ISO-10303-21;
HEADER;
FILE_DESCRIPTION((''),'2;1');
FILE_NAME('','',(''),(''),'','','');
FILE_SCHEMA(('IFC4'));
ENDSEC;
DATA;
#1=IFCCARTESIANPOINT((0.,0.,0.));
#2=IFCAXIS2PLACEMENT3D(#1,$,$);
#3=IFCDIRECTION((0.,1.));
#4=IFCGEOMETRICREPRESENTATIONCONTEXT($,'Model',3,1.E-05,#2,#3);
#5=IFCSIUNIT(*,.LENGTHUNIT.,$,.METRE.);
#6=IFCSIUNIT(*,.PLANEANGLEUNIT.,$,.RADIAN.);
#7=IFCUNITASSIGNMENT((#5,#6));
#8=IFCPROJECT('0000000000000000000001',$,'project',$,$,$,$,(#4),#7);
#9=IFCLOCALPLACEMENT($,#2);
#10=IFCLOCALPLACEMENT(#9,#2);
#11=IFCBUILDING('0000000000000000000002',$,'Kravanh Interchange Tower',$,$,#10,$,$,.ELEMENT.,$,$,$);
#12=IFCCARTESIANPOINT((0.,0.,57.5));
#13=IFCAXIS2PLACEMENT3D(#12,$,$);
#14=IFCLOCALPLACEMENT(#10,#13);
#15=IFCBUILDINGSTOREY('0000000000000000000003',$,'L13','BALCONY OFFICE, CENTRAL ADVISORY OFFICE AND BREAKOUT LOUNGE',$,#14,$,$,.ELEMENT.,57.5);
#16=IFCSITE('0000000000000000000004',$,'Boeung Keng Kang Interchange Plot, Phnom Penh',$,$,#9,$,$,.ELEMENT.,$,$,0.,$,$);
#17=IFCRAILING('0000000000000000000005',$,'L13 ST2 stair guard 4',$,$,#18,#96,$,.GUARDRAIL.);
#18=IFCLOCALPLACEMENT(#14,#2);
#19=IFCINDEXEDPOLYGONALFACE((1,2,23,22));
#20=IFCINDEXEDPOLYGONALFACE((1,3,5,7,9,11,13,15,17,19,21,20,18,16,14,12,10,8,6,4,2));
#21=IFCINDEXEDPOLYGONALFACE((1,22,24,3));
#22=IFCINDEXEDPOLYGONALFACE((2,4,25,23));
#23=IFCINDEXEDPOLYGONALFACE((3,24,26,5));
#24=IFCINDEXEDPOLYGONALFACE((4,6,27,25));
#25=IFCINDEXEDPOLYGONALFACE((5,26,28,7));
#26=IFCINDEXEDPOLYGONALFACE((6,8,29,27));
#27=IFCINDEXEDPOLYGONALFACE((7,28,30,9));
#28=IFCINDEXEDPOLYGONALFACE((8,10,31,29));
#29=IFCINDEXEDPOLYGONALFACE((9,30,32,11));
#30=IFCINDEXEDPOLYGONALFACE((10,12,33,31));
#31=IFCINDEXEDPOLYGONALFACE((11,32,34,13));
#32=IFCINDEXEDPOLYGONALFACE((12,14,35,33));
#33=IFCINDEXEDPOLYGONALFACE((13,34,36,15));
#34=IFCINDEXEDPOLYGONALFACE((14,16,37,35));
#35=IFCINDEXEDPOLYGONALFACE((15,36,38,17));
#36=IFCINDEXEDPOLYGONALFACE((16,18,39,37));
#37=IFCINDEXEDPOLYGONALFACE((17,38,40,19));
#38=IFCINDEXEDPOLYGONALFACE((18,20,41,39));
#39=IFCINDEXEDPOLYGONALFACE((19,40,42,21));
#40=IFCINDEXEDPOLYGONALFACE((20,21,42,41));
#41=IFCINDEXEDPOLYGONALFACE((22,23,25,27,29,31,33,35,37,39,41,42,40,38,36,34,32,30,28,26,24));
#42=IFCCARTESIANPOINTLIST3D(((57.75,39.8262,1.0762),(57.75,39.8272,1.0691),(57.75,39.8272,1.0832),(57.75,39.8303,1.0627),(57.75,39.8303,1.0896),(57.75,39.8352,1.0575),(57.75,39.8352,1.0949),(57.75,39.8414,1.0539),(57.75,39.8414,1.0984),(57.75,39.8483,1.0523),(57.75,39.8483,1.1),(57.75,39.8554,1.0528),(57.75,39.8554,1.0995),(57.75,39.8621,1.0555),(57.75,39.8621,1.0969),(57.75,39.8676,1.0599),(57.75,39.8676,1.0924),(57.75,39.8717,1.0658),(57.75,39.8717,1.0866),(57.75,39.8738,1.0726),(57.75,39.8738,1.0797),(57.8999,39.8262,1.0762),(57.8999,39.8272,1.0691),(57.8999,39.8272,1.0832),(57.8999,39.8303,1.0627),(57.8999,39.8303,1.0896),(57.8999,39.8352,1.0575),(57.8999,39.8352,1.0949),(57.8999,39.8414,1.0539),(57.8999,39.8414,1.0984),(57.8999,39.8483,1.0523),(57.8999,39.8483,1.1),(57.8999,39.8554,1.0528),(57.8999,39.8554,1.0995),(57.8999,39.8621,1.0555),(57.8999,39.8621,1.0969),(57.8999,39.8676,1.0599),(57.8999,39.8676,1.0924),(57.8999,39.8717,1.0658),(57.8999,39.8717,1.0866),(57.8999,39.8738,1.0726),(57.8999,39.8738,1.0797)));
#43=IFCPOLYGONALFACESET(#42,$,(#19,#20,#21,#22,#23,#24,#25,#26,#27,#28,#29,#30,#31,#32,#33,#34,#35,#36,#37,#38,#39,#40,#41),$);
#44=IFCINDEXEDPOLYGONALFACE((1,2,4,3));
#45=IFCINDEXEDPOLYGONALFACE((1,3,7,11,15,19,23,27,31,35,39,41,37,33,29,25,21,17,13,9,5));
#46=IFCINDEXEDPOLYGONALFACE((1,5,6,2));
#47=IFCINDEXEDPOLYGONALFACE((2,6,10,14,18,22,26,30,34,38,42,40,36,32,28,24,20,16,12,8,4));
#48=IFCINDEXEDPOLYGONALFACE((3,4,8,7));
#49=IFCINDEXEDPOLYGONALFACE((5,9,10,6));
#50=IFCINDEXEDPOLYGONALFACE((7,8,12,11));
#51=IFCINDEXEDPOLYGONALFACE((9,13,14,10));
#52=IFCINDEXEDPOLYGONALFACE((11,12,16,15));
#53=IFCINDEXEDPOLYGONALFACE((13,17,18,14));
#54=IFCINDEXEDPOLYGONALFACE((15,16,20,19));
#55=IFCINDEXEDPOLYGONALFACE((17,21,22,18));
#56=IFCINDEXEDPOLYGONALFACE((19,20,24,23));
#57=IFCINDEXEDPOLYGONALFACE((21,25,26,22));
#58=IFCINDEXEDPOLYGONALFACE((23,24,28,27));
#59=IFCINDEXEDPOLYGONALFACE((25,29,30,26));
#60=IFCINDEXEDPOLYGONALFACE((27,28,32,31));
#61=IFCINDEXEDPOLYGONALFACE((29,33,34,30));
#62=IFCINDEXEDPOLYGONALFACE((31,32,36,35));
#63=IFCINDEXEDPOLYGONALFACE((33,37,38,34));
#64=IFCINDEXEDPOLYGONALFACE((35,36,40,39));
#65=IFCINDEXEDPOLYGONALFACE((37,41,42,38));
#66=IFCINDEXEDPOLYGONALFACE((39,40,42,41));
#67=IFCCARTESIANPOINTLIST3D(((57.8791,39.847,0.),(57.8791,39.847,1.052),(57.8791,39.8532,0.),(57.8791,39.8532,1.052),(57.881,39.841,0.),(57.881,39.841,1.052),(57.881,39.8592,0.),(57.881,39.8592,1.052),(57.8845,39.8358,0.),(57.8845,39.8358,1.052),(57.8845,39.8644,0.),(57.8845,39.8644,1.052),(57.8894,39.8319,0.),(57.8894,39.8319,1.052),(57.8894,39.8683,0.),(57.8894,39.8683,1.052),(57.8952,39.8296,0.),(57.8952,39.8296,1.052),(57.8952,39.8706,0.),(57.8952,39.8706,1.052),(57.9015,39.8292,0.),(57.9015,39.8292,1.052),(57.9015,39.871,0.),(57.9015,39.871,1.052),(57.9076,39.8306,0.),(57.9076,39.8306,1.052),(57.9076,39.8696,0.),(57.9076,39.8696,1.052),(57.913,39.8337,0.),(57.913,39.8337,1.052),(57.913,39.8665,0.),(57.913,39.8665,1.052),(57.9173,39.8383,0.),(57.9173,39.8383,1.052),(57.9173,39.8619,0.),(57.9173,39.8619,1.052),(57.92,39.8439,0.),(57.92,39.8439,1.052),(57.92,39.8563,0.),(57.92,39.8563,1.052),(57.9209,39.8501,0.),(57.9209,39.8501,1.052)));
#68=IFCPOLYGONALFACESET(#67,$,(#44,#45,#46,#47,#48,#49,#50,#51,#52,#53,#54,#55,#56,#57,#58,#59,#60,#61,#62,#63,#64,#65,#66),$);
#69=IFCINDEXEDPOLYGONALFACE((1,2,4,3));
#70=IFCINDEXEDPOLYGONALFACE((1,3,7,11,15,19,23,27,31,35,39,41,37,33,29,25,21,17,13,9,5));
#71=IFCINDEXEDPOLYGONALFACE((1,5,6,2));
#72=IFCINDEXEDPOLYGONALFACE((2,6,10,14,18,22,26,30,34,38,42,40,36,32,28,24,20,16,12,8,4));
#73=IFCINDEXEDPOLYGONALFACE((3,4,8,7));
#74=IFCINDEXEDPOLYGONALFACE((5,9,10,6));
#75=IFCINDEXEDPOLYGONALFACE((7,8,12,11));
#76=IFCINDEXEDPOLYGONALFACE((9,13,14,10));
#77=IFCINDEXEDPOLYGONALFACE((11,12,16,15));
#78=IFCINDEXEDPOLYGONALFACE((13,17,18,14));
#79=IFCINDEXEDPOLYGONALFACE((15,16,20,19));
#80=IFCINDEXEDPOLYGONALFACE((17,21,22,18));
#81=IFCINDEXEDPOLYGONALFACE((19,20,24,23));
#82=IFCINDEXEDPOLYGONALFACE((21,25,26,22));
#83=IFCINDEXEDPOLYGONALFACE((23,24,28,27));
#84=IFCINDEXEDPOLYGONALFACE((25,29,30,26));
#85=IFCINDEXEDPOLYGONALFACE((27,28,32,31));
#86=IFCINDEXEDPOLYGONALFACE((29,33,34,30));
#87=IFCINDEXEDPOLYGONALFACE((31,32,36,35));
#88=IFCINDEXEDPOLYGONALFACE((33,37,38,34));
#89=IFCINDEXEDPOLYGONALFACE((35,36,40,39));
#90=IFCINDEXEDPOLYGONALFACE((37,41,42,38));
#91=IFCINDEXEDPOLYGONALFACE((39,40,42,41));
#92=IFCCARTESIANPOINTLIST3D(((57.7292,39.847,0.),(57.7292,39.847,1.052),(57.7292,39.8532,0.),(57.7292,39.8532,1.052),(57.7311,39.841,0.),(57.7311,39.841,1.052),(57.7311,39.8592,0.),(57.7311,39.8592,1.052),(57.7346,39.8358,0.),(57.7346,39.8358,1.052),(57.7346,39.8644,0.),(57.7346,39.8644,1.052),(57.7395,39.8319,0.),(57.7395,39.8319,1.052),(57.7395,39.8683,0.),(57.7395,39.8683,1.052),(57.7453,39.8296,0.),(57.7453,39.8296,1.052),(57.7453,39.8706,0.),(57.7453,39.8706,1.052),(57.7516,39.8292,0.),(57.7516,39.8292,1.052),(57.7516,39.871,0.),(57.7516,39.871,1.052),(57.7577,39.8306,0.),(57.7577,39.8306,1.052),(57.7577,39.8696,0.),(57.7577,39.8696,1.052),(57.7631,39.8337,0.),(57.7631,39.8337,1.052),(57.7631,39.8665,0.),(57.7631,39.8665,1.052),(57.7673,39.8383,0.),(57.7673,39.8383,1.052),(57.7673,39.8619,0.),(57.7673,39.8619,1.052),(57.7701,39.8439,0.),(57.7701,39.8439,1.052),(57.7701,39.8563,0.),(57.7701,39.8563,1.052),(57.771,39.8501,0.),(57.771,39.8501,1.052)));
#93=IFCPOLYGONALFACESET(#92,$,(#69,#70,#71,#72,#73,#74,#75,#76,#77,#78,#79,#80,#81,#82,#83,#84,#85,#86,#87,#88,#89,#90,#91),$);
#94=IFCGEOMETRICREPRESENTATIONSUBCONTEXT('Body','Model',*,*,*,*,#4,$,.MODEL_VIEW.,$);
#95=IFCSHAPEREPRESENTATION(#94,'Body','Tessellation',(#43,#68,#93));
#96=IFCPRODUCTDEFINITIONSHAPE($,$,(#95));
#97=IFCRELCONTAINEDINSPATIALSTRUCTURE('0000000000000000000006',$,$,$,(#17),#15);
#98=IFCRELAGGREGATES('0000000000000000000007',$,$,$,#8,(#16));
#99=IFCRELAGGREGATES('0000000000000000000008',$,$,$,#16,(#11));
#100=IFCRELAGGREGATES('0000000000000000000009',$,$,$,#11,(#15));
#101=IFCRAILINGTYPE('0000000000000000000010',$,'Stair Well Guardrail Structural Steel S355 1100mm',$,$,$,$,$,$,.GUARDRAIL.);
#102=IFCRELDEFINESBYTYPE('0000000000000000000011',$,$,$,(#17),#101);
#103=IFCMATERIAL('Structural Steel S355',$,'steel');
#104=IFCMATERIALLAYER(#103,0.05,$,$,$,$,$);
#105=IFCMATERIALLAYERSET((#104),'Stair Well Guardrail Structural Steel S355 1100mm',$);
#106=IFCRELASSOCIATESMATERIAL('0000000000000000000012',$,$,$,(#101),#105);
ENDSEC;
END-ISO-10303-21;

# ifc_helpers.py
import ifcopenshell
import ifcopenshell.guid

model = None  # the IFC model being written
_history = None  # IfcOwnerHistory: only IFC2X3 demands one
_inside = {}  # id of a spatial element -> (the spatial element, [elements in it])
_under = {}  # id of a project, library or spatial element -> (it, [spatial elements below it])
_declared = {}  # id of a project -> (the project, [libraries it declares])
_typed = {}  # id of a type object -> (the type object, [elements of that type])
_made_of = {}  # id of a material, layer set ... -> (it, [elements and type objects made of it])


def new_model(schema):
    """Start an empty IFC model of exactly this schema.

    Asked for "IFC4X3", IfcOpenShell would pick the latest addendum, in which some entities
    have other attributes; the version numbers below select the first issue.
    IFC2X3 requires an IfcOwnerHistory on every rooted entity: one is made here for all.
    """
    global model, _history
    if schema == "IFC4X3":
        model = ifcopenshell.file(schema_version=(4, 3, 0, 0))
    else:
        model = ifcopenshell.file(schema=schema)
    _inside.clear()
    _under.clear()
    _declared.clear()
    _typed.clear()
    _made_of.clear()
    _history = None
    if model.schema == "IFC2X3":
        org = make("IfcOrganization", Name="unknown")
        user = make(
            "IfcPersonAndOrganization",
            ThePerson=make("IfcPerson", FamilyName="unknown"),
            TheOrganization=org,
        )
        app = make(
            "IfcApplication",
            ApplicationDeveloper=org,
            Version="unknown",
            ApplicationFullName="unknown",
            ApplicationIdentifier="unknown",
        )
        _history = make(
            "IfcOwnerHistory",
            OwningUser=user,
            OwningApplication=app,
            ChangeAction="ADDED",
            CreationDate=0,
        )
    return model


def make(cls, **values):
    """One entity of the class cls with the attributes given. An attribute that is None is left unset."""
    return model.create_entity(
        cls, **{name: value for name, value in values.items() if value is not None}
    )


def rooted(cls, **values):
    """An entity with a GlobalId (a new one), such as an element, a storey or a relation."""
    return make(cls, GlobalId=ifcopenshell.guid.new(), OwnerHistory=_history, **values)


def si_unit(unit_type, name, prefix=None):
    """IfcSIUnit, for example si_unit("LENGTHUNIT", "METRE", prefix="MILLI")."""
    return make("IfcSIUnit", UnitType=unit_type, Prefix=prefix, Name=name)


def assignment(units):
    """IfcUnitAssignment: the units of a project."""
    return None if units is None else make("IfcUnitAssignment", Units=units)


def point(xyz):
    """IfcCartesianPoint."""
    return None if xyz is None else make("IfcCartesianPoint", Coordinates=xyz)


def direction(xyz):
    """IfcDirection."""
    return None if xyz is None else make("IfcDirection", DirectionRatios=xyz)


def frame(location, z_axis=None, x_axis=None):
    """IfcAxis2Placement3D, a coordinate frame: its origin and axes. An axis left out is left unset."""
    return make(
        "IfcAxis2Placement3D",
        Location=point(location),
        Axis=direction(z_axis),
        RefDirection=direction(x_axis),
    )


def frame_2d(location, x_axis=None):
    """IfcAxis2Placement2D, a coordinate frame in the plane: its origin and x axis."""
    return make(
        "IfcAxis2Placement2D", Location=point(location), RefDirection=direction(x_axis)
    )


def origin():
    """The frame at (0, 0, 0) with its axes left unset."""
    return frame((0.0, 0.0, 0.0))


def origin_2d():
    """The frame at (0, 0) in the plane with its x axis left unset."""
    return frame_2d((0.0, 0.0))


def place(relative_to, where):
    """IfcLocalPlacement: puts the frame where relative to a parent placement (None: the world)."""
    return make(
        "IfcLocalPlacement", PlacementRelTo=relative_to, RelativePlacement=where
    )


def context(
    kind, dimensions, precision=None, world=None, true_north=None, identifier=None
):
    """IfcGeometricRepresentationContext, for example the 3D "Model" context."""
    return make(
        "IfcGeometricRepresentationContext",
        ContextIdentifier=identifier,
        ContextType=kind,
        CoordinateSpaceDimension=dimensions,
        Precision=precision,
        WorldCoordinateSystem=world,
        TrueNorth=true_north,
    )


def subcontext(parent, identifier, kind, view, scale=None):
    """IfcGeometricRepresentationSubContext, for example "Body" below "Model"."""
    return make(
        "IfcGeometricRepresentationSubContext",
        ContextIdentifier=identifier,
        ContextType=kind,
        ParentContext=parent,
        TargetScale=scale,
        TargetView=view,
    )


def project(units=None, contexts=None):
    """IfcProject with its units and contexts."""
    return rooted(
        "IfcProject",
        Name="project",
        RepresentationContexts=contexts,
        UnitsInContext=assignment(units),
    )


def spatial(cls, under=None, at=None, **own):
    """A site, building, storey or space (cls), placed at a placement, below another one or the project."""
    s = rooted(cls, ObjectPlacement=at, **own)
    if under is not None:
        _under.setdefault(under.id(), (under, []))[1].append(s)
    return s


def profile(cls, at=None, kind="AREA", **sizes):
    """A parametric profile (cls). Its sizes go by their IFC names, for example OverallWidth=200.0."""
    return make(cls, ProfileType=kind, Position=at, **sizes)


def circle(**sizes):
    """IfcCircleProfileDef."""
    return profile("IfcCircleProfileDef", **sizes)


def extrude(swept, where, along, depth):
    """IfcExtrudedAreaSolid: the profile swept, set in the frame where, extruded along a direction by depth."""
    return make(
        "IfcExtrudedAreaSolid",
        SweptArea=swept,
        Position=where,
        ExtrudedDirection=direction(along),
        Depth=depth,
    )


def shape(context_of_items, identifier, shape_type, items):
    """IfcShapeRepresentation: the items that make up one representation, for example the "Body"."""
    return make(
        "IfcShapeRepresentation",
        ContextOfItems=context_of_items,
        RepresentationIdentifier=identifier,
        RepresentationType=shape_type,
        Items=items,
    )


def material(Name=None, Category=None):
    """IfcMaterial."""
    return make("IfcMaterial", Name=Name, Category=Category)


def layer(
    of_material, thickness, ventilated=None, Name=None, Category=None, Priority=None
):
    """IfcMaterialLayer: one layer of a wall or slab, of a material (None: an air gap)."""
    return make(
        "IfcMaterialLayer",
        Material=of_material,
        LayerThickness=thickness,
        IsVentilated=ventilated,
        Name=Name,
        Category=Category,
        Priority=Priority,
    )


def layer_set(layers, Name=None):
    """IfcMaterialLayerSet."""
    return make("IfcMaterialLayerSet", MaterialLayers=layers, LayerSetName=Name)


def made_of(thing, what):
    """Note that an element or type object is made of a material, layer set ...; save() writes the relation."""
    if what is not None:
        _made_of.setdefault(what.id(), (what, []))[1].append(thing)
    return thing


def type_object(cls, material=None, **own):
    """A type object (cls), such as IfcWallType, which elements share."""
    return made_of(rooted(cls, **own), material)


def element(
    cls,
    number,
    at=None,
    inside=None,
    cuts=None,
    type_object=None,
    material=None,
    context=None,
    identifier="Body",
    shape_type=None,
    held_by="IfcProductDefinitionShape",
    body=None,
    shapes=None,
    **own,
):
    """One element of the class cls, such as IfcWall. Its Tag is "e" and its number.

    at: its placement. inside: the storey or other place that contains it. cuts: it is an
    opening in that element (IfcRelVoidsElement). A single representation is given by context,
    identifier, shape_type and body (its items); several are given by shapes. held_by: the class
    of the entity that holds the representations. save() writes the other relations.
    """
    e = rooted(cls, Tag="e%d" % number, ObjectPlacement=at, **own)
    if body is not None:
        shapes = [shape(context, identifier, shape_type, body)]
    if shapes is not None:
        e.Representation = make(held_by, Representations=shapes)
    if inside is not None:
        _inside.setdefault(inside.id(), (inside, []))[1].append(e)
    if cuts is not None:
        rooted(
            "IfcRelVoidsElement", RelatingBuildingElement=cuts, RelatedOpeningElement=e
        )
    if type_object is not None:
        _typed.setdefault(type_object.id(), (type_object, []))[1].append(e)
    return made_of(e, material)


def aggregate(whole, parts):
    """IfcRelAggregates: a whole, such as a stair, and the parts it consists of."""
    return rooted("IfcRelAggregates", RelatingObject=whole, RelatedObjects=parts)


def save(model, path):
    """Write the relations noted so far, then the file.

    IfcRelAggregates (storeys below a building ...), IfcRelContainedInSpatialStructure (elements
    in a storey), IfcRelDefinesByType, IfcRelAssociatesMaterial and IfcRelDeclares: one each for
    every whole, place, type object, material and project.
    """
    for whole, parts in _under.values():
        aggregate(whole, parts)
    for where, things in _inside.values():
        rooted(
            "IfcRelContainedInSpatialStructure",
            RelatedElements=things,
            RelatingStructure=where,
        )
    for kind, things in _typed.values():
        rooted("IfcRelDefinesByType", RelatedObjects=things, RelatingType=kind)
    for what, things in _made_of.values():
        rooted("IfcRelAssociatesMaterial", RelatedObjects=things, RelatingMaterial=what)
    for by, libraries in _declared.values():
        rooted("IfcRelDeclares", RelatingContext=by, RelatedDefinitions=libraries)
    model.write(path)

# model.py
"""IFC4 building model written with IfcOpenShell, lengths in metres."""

from ifc_helpers import new_model, si_unit, direction, frame, origin, origin_2d, place, context, subcontext, project, spatial, circle, extrude, material, layer, layer_set, type_object, element, save


model = new_model("IFC4")

# Units and contexts
model_context = context("Model", 3, precision=1e-05, world=origin(), true_north=direction((0.0, 1.0)))
body_context = subcontext(model_context, "Body", "Model", "MODEL_VIEW")
ifc_project = project(units=[si_unit("LENGTHUNIT", "METRE"), si_unit("PLANEANGLEUNIT", "RADIAN")], contexts=[model_context])

# Site, building, storey
site_placement = place(None, origin())
site = spatial("IfcSite", under=ifc_project, at=site_placement, Name="Boeung Keng Kang Interchange Plot, Phnom Penh", CompositionType="ELEMENT", RefElevation=0.0)
building_placement = place(site_placement, origin())
building = spatial("IfcBuilding", under=site, at=building_placement, Name="Kravanh Interchange Tower", CompositionType="ELEMENT")
storey_placement = place(building_placement, frame((0.0, 0.0, 57.5)))
storey = spatial("IfcBuildingStorey", under=building, at=storey_placement, Name="L13", Description="BALCONY OFFICE, CENTRAL ADVISORY OFFICE AND BREAKOUT LOUNGE", CompositionType="ELEMENT", Elevation=57.5)

# Railing
ifc_material_1 = material(Name="Structural Steel S355", Category="steel")
ifc_layer_1 = layer(ifc_material_1, 0.05)
ifc_layer_set_1 = layer_set([ifc_layer_1], Name="Stair Well Guardrail Structural Steel S355 1100mm")
railing_type_1 = type_object("IfcRailingType", Name="Stair Well Guardrail Structural Steel S355 1100mm", PredefinedType="GUARDRAIL", material=ifc_layer_set_1)
railing_1_placement = place(storey_placement, frame((57.8999, 39.8501, 0.0)))
element("IfcRailing", 1, at=railing_1_placement, inside=storey, type_object=railing_type_1, Name="L13 ST2 stair guard 4", PredefinedType="GUARDRAIL", context=body_context, shape_type="SweptSolid", body=[
    extrude(circle(Radius=0.0239, at=origin_2d()), frame((0.0, 0.0, 1.0762), z_axis=(-1.0, 0.0, 0.0), x_axis=(0.0, -1.0, 0.0)), (0.0, 0.0, 1.0), 0.1499),
    extrude(circle(Radius=0.021, at=origin_2d()), origin(), (0.0, 0.0, 1.0), 1.052),
    extrude(circle(Radius=0.021, at=origin_2d()), frame((-0.1499, 0.0, 0.0)), (0.0, 0.0, 1.0), 1.052),
])

save(model, "model.ifc")
